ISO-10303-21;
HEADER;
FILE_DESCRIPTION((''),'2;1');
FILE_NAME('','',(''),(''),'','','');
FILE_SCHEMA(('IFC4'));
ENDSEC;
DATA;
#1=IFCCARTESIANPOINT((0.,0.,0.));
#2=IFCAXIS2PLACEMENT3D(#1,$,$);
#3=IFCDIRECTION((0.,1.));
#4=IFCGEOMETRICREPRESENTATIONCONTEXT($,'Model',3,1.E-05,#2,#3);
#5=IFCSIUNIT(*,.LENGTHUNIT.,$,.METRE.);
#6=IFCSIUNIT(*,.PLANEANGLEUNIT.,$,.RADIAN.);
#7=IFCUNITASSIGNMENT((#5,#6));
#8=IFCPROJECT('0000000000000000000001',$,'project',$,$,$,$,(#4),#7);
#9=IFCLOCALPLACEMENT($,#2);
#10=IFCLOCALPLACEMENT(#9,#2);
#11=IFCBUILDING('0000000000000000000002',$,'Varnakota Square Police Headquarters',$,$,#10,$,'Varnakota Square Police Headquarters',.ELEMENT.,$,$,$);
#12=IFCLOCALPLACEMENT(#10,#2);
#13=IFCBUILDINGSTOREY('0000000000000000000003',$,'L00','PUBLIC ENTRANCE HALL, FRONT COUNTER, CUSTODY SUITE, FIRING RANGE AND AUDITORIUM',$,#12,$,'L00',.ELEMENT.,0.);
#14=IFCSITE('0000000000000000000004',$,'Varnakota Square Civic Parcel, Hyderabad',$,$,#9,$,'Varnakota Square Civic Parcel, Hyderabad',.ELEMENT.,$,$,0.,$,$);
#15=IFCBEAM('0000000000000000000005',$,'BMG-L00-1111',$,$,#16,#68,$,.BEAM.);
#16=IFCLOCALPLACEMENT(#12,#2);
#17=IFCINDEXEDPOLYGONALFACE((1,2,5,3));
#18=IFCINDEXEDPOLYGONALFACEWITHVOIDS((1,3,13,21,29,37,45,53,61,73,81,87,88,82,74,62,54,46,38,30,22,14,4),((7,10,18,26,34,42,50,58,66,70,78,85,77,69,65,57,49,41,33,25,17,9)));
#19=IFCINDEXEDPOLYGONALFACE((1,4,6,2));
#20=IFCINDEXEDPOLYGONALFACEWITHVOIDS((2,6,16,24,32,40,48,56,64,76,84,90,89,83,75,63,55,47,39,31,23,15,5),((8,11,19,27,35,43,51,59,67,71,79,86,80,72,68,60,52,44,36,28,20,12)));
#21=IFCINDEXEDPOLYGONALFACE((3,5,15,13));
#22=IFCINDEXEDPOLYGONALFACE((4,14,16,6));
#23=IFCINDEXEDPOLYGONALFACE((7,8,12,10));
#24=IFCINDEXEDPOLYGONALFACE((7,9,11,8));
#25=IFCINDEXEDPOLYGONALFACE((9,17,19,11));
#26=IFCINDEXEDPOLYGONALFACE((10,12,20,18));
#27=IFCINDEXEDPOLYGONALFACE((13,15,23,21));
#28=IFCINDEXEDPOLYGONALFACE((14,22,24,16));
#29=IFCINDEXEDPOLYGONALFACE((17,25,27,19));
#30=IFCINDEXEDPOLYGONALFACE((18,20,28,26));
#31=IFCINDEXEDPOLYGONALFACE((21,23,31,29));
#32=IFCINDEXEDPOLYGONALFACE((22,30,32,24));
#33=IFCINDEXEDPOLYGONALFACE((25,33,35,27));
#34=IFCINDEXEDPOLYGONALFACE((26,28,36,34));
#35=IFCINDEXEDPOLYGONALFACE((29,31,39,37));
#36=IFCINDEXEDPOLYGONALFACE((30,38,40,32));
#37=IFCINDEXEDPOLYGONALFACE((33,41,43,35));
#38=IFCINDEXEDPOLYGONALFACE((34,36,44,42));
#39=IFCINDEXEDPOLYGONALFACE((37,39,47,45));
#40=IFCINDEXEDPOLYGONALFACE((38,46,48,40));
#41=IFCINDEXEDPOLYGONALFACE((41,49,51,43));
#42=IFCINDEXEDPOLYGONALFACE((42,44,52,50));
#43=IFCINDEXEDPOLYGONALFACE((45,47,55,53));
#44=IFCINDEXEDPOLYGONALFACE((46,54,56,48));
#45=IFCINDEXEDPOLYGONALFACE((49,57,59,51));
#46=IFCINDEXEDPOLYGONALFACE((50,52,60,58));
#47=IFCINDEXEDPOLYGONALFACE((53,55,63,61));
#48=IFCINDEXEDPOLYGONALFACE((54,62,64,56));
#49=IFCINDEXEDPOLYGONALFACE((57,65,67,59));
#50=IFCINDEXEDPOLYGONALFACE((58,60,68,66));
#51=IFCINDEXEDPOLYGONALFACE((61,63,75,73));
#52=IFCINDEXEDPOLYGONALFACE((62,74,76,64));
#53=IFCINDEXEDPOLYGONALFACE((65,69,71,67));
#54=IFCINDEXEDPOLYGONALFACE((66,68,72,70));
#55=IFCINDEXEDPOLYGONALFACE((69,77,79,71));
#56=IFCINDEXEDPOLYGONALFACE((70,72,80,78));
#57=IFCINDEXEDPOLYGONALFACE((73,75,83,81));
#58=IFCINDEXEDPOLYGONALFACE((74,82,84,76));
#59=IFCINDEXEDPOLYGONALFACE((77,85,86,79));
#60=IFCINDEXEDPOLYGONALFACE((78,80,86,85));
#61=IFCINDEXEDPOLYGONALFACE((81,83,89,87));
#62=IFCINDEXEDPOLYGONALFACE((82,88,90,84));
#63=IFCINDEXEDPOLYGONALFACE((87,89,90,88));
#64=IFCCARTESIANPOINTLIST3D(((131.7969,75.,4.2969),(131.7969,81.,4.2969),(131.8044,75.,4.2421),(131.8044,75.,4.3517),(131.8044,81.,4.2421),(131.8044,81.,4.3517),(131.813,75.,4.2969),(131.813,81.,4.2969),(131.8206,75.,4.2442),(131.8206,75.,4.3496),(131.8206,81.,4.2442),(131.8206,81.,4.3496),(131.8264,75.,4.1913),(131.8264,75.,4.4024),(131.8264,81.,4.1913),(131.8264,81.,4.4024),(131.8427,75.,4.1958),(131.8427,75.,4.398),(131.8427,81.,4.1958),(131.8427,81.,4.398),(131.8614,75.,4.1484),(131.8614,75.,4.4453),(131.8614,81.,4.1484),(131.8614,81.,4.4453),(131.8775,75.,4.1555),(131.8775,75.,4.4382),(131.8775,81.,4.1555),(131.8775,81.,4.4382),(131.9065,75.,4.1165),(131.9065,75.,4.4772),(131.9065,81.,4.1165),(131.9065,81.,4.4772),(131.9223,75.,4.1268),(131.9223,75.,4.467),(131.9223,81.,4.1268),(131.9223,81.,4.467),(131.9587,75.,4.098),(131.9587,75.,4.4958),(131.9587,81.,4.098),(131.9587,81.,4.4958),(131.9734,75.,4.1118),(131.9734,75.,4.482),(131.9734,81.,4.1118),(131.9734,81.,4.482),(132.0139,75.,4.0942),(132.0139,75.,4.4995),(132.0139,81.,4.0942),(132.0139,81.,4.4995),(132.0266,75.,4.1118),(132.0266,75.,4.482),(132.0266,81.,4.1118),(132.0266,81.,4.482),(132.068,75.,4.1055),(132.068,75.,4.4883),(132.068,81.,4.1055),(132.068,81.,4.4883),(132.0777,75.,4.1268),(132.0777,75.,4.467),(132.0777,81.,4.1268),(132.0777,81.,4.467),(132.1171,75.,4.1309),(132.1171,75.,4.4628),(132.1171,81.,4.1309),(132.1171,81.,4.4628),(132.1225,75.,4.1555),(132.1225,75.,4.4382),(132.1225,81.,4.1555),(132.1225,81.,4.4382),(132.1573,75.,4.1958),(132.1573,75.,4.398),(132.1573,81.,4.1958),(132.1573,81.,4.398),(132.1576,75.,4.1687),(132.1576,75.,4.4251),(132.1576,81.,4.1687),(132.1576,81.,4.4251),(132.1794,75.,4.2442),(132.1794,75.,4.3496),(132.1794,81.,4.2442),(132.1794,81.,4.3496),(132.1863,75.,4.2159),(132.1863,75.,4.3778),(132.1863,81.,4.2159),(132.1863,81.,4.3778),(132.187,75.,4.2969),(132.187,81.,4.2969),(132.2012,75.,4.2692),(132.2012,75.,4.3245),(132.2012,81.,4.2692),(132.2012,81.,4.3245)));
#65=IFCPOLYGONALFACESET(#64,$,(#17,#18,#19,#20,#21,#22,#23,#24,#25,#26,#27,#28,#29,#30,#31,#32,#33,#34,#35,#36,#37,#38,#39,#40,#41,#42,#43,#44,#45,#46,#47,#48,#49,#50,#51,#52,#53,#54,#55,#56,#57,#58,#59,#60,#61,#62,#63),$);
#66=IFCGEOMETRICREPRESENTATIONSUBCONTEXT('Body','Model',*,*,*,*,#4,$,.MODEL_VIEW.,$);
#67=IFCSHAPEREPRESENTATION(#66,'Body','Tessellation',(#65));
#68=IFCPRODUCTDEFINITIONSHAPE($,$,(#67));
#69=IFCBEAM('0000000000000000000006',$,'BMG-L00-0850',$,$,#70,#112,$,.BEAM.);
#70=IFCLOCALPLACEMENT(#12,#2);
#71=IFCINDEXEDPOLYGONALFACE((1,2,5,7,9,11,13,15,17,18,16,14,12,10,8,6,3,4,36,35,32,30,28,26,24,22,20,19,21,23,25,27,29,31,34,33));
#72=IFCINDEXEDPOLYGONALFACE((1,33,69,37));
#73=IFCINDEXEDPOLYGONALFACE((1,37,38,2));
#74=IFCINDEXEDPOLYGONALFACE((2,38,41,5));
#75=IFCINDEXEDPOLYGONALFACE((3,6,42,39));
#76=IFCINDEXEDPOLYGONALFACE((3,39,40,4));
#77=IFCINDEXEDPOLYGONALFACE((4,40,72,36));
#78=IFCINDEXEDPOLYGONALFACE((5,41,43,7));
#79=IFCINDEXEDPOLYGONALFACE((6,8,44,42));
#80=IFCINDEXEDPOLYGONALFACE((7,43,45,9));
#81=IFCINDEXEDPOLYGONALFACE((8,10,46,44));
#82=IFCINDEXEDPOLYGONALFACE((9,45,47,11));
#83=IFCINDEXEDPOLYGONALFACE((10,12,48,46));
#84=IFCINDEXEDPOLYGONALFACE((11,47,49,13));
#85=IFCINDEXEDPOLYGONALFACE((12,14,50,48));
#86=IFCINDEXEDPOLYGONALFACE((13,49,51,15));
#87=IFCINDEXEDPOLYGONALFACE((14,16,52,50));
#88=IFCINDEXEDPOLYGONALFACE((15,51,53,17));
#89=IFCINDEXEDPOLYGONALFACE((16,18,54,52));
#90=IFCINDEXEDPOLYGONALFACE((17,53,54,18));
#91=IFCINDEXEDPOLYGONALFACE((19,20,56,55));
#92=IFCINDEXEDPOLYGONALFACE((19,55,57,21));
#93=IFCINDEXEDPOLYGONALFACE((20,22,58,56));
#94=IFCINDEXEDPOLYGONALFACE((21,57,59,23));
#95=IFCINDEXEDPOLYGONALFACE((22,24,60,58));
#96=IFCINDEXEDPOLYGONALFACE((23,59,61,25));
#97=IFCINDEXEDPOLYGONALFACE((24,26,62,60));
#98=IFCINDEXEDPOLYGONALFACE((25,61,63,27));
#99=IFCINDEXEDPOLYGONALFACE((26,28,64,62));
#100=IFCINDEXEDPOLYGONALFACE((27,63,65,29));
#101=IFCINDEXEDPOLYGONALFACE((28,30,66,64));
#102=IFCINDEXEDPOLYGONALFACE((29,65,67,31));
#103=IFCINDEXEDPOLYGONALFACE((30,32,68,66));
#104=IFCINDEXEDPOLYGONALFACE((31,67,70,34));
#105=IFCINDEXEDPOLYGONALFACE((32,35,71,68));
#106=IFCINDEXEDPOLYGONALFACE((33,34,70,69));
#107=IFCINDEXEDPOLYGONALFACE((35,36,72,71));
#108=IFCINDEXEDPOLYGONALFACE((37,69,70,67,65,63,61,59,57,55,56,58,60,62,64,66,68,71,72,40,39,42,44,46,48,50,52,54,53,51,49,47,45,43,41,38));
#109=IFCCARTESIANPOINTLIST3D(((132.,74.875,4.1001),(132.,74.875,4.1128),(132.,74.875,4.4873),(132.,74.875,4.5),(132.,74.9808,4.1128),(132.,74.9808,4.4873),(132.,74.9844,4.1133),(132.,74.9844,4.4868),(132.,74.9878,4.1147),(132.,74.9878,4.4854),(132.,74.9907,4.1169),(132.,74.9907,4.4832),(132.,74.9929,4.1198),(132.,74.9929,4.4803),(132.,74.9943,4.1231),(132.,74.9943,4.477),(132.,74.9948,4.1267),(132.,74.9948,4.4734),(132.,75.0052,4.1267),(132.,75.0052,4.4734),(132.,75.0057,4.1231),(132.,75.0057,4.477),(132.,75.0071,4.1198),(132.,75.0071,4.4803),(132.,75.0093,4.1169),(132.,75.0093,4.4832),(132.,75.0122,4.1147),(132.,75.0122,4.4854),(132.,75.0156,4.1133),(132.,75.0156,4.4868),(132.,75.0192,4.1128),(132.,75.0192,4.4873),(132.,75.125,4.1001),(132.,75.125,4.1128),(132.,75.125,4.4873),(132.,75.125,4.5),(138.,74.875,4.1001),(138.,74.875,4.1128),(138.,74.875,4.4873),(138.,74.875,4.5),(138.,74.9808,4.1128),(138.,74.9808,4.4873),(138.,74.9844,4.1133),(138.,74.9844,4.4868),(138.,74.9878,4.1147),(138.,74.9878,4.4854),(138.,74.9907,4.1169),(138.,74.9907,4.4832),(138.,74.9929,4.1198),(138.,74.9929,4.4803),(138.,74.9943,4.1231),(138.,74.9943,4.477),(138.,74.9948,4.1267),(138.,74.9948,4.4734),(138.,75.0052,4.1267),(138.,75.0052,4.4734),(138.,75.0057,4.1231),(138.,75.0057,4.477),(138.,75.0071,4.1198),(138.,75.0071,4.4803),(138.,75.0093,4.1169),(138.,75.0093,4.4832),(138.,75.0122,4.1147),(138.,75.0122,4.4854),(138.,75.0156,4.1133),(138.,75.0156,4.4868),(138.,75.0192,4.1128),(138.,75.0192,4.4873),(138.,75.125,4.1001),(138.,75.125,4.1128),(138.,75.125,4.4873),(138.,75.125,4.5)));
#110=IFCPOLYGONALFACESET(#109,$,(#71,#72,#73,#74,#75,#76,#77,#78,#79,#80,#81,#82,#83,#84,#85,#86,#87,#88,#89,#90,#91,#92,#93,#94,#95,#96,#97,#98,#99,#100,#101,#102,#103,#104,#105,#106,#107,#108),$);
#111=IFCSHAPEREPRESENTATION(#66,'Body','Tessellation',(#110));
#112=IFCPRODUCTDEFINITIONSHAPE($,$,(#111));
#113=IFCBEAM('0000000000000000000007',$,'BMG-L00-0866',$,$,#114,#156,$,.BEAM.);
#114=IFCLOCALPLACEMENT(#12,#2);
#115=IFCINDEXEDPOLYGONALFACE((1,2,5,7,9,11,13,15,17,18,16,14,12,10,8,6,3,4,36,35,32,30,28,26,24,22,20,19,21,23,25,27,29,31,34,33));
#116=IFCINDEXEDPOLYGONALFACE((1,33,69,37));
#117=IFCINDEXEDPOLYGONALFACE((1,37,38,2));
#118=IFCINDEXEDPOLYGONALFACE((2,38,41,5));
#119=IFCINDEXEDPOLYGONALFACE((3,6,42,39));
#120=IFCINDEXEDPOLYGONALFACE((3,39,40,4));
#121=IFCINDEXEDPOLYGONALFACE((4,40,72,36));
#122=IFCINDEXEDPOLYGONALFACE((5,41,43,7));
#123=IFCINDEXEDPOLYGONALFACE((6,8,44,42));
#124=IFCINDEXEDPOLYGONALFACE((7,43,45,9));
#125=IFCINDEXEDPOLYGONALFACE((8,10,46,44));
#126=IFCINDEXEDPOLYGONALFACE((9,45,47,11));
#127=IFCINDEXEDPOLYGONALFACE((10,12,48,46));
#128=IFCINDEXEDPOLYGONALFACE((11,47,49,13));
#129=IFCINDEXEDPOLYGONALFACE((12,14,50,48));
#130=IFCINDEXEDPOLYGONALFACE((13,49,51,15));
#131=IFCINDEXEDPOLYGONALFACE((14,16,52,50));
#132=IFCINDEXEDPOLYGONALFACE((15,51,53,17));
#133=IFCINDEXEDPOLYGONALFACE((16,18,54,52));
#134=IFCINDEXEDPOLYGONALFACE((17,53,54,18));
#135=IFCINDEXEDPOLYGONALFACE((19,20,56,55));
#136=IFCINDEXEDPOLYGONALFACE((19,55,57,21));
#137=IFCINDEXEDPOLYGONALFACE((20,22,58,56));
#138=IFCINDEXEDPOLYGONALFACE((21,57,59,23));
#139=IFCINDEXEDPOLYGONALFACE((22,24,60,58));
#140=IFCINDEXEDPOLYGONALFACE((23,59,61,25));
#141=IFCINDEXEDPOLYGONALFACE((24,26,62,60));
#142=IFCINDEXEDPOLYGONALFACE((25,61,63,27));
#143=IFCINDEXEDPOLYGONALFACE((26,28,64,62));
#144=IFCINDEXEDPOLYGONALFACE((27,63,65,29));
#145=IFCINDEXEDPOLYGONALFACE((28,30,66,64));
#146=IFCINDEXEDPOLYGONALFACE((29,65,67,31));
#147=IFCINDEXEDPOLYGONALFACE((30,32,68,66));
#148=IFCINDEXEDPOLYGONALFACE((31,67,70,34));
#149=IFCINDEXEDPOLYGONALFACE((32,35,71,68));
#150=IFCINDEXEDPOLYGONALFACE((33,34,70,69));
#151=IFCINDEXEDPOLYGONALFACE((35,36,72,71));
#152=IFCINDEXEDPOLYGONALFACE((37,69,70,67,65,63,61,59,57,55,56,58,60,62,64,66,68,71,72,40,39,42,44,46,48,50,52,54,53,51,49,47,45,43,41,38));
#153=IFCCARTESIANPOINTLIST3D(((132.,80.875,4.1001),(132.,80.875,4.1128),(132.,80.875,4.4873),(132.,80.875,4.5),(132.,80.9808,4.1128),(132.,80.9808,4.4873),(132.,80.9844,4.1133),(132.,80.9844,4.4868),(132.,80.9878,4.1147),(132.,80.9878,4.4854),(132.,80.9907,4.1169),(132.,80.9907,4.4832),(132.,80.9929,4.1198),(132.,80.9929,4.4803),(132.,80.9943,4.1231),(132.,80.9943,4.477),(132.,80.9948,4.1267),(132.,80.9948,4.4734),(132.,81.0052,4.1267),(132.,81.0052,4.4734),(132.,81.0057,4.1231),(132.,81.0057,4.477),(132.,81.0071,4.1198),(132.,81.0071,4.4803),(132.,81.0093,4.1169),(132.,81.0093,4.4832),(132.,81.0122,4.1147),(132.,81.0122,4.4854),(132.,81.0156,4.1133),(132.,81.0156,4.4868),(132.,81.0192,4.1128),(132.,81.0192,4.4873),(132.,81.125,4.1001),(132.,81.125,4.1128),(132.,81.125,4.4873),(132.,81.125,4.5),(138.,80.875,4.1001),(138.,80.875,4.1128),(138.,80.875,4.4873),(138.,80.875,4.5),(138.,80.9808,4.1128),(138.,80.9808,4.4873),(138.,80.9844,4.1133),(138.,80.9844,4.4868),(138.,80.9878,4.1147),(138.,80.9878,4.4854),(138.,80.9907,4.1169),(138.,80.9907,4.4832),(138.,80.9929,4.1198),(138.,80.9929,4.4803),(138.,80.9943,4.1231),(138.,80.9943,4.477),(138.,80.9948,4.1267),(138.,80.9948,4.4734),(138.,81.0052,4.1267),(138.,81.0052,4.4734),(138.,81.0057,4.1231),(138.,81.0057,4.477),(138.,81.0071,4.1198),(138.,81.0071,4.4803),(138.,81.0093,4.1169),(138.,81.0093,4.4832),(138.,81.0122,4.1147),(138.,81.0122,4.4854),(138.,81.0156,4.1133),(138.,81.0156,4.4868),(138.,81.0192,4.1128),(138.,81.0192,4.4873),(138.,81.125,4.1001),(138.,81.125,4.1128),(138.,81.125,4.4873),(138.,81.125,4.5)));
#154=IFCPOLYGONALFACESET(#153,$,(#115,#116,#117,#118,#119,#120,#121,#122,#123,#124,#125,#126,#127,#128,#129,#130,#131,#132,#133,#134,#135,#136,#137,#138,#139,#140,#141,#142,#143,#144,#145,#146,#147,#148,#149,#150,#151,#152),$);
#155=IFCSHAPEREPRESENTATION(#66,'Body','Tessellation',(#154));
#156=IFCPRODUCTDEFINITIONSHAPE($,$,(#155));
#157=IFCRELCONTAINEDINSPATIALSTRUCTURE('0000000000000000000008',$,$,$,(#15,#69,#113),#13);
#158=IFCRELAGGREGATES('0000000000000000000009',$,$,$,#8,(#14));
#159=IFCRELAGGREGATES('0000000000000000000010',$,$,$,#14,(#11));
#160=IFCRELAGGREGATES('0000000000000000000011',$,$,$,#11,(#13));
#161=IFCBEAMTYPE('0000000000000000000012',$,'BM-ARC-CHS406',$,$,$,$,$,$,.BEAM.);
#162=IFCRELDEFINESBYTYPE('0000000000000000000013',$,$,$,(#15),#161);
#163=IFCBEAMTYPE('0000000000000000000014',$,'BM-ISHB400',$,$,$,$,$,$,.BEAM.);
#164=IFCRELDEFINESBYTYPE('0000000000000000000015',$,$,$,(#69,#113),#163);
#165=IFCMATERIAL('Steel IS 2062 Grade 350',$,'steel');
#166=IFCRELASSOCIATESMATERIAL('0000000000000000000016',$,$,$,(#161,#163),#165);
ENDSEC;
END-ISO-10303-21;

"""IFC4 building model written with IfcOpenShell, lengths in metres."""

from ifc_helpers import new_model, si_unit, direction, frame, origin, origin_2d, place, context, subcontext, project, spatial, hollow_circle, i_section, extrude, material, material_profile, profile_set, type_object, element, save


model = new_model("IFC4")

# Units and contexts
model_context = context("Model", 3, precision=1e-05, world=origin(), true_north=direction((0.0, 1.0)))
body_context = subcontext(model_context, "Body", "Model", "MODEL_VIEW")
ifc_project = project(units=[si_unit("LENGTHUNIT", "METRE"), si_unit("PLANEANGLEUNIT", "RADIAN")], contexts=[model_context])

# Site, building, storey
site_placement = place(None, origin())
site = spatial("IfcSite", under=ifc_project, at=site_placement, Name="Varnakota Square Civic Parcel, Hyderabad", LongName="Varnakota Square Civic Parcel, Hyderabad", CompositionType="ELEMENT", RefElevation=0.0)
building_placement = place(site_placement, origin())
building = spatial("IfcBuilding", under=site, at=building_placement, Name="Varnakota Square Police Headquarters", LongName="Varnakota Square Police Headquarters", CompositionType="ELEMENT")
storey_placement = place(building_placement, origin())
storey = spatial("IfcBuildingStorey", under=building, at=storey_placement, Name="L00", Description="PUBLIC ENTRANCE HALL, FRONT COUNTER, CUSTODY SUITE, FIRING RANGE AND AUDITORIUM", LongName="L00", CompositionType="ELEMENT", Elevation=0.0)

# Beams
ifc_material_1 = material(Name="Steel IS 2062 Grade 350", Category="steel")
ifc_material_profile_1 = material_profile(ifc_material_1, hollow_circle(Radius=0.2031, WallThickness=0.0161, at=origin_2d()), Name="CHS 406.4x16.0")
ifc_profile_set_1 = profile_set([ifc_material_profile_1], Name="Steel IS 2062 Grade 350")
beam_type_1 = type_object("IfcBeamType", Name="BM-ARC-CHS406", PredefinedType="BEAM", material=ifc_profile_set_1)
for number, where, z_axis, x_axis, name in (
    (1, (132.0, 75.0, 4.2969), (0.0, 1.0, 0.0), (-1.0, 0.0, 0.0), "BMG-L00-1111"),
):
    element("IfcBeam", number, at=place(storey_placement, frame(where, z_axis=z_axis, x_axis=x_axis)), inside=storey, type_object=beam_type_1, Name=name, PredefinedType="BEAM", context=body_context, shape_type="SweptSolid", body=[
        extrude(hollow_circle(Radius=0.2031, WallThickness=0.0161, at=origin_2d()), origin(), (0.0, 0.0, 1.0), 6.0),
    ])
ifc_material_profile_2 = material_profile(ifc_material_1, i_section(OverallWidth=0.25, OverallDepth=0.3999, WebThickness=0.0105, FlangeThickness=0.0127, FilletRadius=0.0139, at=origin_2d()), Name="ISHB 400")
ifc_profile_set_2 = profile_set([ifc_material_profile_2], Name="Steel IS 2062 Grade 350")
beam_type_2 = type_object("IfcBeamType", Name="BM-ISHB400", PredefinedType="BEAM", material=ifc_profile_set_2)
for number, where, z_axis, x_axis, name in (
    (2, (132.0, 75.0, 4.3), (1.0, 0.0, 0.0), (0.0, 1.0, 0.0), "BMG-L00-0850"),
    (3, (132.0, 81.0, 4.3), (1.0, 0.0, 0.0), (0.0, 1.0, 0.0), "BMG-L00-0866"),
):
    element("IfcBeam", number, at=place(storey_placement, frame(where, z_axis=z_axis, x_axis=x_axis)), inside=storey, type_object=beam_type_2, Name=name, PredefinedType="BEAM", context=body_context, shape_type="SweptSolid", body=[
        extrude(i_section(OverallWidth=0.25, OverallDepth=0.3999, WebThickness=0.0105, FlangeThickness=0.0127, FilletRadius=0.0139, at=origin_2d()), origin(), (0.0, 0.0, 1.0), 6.0),
    ])

save(model, "model.ifc")
